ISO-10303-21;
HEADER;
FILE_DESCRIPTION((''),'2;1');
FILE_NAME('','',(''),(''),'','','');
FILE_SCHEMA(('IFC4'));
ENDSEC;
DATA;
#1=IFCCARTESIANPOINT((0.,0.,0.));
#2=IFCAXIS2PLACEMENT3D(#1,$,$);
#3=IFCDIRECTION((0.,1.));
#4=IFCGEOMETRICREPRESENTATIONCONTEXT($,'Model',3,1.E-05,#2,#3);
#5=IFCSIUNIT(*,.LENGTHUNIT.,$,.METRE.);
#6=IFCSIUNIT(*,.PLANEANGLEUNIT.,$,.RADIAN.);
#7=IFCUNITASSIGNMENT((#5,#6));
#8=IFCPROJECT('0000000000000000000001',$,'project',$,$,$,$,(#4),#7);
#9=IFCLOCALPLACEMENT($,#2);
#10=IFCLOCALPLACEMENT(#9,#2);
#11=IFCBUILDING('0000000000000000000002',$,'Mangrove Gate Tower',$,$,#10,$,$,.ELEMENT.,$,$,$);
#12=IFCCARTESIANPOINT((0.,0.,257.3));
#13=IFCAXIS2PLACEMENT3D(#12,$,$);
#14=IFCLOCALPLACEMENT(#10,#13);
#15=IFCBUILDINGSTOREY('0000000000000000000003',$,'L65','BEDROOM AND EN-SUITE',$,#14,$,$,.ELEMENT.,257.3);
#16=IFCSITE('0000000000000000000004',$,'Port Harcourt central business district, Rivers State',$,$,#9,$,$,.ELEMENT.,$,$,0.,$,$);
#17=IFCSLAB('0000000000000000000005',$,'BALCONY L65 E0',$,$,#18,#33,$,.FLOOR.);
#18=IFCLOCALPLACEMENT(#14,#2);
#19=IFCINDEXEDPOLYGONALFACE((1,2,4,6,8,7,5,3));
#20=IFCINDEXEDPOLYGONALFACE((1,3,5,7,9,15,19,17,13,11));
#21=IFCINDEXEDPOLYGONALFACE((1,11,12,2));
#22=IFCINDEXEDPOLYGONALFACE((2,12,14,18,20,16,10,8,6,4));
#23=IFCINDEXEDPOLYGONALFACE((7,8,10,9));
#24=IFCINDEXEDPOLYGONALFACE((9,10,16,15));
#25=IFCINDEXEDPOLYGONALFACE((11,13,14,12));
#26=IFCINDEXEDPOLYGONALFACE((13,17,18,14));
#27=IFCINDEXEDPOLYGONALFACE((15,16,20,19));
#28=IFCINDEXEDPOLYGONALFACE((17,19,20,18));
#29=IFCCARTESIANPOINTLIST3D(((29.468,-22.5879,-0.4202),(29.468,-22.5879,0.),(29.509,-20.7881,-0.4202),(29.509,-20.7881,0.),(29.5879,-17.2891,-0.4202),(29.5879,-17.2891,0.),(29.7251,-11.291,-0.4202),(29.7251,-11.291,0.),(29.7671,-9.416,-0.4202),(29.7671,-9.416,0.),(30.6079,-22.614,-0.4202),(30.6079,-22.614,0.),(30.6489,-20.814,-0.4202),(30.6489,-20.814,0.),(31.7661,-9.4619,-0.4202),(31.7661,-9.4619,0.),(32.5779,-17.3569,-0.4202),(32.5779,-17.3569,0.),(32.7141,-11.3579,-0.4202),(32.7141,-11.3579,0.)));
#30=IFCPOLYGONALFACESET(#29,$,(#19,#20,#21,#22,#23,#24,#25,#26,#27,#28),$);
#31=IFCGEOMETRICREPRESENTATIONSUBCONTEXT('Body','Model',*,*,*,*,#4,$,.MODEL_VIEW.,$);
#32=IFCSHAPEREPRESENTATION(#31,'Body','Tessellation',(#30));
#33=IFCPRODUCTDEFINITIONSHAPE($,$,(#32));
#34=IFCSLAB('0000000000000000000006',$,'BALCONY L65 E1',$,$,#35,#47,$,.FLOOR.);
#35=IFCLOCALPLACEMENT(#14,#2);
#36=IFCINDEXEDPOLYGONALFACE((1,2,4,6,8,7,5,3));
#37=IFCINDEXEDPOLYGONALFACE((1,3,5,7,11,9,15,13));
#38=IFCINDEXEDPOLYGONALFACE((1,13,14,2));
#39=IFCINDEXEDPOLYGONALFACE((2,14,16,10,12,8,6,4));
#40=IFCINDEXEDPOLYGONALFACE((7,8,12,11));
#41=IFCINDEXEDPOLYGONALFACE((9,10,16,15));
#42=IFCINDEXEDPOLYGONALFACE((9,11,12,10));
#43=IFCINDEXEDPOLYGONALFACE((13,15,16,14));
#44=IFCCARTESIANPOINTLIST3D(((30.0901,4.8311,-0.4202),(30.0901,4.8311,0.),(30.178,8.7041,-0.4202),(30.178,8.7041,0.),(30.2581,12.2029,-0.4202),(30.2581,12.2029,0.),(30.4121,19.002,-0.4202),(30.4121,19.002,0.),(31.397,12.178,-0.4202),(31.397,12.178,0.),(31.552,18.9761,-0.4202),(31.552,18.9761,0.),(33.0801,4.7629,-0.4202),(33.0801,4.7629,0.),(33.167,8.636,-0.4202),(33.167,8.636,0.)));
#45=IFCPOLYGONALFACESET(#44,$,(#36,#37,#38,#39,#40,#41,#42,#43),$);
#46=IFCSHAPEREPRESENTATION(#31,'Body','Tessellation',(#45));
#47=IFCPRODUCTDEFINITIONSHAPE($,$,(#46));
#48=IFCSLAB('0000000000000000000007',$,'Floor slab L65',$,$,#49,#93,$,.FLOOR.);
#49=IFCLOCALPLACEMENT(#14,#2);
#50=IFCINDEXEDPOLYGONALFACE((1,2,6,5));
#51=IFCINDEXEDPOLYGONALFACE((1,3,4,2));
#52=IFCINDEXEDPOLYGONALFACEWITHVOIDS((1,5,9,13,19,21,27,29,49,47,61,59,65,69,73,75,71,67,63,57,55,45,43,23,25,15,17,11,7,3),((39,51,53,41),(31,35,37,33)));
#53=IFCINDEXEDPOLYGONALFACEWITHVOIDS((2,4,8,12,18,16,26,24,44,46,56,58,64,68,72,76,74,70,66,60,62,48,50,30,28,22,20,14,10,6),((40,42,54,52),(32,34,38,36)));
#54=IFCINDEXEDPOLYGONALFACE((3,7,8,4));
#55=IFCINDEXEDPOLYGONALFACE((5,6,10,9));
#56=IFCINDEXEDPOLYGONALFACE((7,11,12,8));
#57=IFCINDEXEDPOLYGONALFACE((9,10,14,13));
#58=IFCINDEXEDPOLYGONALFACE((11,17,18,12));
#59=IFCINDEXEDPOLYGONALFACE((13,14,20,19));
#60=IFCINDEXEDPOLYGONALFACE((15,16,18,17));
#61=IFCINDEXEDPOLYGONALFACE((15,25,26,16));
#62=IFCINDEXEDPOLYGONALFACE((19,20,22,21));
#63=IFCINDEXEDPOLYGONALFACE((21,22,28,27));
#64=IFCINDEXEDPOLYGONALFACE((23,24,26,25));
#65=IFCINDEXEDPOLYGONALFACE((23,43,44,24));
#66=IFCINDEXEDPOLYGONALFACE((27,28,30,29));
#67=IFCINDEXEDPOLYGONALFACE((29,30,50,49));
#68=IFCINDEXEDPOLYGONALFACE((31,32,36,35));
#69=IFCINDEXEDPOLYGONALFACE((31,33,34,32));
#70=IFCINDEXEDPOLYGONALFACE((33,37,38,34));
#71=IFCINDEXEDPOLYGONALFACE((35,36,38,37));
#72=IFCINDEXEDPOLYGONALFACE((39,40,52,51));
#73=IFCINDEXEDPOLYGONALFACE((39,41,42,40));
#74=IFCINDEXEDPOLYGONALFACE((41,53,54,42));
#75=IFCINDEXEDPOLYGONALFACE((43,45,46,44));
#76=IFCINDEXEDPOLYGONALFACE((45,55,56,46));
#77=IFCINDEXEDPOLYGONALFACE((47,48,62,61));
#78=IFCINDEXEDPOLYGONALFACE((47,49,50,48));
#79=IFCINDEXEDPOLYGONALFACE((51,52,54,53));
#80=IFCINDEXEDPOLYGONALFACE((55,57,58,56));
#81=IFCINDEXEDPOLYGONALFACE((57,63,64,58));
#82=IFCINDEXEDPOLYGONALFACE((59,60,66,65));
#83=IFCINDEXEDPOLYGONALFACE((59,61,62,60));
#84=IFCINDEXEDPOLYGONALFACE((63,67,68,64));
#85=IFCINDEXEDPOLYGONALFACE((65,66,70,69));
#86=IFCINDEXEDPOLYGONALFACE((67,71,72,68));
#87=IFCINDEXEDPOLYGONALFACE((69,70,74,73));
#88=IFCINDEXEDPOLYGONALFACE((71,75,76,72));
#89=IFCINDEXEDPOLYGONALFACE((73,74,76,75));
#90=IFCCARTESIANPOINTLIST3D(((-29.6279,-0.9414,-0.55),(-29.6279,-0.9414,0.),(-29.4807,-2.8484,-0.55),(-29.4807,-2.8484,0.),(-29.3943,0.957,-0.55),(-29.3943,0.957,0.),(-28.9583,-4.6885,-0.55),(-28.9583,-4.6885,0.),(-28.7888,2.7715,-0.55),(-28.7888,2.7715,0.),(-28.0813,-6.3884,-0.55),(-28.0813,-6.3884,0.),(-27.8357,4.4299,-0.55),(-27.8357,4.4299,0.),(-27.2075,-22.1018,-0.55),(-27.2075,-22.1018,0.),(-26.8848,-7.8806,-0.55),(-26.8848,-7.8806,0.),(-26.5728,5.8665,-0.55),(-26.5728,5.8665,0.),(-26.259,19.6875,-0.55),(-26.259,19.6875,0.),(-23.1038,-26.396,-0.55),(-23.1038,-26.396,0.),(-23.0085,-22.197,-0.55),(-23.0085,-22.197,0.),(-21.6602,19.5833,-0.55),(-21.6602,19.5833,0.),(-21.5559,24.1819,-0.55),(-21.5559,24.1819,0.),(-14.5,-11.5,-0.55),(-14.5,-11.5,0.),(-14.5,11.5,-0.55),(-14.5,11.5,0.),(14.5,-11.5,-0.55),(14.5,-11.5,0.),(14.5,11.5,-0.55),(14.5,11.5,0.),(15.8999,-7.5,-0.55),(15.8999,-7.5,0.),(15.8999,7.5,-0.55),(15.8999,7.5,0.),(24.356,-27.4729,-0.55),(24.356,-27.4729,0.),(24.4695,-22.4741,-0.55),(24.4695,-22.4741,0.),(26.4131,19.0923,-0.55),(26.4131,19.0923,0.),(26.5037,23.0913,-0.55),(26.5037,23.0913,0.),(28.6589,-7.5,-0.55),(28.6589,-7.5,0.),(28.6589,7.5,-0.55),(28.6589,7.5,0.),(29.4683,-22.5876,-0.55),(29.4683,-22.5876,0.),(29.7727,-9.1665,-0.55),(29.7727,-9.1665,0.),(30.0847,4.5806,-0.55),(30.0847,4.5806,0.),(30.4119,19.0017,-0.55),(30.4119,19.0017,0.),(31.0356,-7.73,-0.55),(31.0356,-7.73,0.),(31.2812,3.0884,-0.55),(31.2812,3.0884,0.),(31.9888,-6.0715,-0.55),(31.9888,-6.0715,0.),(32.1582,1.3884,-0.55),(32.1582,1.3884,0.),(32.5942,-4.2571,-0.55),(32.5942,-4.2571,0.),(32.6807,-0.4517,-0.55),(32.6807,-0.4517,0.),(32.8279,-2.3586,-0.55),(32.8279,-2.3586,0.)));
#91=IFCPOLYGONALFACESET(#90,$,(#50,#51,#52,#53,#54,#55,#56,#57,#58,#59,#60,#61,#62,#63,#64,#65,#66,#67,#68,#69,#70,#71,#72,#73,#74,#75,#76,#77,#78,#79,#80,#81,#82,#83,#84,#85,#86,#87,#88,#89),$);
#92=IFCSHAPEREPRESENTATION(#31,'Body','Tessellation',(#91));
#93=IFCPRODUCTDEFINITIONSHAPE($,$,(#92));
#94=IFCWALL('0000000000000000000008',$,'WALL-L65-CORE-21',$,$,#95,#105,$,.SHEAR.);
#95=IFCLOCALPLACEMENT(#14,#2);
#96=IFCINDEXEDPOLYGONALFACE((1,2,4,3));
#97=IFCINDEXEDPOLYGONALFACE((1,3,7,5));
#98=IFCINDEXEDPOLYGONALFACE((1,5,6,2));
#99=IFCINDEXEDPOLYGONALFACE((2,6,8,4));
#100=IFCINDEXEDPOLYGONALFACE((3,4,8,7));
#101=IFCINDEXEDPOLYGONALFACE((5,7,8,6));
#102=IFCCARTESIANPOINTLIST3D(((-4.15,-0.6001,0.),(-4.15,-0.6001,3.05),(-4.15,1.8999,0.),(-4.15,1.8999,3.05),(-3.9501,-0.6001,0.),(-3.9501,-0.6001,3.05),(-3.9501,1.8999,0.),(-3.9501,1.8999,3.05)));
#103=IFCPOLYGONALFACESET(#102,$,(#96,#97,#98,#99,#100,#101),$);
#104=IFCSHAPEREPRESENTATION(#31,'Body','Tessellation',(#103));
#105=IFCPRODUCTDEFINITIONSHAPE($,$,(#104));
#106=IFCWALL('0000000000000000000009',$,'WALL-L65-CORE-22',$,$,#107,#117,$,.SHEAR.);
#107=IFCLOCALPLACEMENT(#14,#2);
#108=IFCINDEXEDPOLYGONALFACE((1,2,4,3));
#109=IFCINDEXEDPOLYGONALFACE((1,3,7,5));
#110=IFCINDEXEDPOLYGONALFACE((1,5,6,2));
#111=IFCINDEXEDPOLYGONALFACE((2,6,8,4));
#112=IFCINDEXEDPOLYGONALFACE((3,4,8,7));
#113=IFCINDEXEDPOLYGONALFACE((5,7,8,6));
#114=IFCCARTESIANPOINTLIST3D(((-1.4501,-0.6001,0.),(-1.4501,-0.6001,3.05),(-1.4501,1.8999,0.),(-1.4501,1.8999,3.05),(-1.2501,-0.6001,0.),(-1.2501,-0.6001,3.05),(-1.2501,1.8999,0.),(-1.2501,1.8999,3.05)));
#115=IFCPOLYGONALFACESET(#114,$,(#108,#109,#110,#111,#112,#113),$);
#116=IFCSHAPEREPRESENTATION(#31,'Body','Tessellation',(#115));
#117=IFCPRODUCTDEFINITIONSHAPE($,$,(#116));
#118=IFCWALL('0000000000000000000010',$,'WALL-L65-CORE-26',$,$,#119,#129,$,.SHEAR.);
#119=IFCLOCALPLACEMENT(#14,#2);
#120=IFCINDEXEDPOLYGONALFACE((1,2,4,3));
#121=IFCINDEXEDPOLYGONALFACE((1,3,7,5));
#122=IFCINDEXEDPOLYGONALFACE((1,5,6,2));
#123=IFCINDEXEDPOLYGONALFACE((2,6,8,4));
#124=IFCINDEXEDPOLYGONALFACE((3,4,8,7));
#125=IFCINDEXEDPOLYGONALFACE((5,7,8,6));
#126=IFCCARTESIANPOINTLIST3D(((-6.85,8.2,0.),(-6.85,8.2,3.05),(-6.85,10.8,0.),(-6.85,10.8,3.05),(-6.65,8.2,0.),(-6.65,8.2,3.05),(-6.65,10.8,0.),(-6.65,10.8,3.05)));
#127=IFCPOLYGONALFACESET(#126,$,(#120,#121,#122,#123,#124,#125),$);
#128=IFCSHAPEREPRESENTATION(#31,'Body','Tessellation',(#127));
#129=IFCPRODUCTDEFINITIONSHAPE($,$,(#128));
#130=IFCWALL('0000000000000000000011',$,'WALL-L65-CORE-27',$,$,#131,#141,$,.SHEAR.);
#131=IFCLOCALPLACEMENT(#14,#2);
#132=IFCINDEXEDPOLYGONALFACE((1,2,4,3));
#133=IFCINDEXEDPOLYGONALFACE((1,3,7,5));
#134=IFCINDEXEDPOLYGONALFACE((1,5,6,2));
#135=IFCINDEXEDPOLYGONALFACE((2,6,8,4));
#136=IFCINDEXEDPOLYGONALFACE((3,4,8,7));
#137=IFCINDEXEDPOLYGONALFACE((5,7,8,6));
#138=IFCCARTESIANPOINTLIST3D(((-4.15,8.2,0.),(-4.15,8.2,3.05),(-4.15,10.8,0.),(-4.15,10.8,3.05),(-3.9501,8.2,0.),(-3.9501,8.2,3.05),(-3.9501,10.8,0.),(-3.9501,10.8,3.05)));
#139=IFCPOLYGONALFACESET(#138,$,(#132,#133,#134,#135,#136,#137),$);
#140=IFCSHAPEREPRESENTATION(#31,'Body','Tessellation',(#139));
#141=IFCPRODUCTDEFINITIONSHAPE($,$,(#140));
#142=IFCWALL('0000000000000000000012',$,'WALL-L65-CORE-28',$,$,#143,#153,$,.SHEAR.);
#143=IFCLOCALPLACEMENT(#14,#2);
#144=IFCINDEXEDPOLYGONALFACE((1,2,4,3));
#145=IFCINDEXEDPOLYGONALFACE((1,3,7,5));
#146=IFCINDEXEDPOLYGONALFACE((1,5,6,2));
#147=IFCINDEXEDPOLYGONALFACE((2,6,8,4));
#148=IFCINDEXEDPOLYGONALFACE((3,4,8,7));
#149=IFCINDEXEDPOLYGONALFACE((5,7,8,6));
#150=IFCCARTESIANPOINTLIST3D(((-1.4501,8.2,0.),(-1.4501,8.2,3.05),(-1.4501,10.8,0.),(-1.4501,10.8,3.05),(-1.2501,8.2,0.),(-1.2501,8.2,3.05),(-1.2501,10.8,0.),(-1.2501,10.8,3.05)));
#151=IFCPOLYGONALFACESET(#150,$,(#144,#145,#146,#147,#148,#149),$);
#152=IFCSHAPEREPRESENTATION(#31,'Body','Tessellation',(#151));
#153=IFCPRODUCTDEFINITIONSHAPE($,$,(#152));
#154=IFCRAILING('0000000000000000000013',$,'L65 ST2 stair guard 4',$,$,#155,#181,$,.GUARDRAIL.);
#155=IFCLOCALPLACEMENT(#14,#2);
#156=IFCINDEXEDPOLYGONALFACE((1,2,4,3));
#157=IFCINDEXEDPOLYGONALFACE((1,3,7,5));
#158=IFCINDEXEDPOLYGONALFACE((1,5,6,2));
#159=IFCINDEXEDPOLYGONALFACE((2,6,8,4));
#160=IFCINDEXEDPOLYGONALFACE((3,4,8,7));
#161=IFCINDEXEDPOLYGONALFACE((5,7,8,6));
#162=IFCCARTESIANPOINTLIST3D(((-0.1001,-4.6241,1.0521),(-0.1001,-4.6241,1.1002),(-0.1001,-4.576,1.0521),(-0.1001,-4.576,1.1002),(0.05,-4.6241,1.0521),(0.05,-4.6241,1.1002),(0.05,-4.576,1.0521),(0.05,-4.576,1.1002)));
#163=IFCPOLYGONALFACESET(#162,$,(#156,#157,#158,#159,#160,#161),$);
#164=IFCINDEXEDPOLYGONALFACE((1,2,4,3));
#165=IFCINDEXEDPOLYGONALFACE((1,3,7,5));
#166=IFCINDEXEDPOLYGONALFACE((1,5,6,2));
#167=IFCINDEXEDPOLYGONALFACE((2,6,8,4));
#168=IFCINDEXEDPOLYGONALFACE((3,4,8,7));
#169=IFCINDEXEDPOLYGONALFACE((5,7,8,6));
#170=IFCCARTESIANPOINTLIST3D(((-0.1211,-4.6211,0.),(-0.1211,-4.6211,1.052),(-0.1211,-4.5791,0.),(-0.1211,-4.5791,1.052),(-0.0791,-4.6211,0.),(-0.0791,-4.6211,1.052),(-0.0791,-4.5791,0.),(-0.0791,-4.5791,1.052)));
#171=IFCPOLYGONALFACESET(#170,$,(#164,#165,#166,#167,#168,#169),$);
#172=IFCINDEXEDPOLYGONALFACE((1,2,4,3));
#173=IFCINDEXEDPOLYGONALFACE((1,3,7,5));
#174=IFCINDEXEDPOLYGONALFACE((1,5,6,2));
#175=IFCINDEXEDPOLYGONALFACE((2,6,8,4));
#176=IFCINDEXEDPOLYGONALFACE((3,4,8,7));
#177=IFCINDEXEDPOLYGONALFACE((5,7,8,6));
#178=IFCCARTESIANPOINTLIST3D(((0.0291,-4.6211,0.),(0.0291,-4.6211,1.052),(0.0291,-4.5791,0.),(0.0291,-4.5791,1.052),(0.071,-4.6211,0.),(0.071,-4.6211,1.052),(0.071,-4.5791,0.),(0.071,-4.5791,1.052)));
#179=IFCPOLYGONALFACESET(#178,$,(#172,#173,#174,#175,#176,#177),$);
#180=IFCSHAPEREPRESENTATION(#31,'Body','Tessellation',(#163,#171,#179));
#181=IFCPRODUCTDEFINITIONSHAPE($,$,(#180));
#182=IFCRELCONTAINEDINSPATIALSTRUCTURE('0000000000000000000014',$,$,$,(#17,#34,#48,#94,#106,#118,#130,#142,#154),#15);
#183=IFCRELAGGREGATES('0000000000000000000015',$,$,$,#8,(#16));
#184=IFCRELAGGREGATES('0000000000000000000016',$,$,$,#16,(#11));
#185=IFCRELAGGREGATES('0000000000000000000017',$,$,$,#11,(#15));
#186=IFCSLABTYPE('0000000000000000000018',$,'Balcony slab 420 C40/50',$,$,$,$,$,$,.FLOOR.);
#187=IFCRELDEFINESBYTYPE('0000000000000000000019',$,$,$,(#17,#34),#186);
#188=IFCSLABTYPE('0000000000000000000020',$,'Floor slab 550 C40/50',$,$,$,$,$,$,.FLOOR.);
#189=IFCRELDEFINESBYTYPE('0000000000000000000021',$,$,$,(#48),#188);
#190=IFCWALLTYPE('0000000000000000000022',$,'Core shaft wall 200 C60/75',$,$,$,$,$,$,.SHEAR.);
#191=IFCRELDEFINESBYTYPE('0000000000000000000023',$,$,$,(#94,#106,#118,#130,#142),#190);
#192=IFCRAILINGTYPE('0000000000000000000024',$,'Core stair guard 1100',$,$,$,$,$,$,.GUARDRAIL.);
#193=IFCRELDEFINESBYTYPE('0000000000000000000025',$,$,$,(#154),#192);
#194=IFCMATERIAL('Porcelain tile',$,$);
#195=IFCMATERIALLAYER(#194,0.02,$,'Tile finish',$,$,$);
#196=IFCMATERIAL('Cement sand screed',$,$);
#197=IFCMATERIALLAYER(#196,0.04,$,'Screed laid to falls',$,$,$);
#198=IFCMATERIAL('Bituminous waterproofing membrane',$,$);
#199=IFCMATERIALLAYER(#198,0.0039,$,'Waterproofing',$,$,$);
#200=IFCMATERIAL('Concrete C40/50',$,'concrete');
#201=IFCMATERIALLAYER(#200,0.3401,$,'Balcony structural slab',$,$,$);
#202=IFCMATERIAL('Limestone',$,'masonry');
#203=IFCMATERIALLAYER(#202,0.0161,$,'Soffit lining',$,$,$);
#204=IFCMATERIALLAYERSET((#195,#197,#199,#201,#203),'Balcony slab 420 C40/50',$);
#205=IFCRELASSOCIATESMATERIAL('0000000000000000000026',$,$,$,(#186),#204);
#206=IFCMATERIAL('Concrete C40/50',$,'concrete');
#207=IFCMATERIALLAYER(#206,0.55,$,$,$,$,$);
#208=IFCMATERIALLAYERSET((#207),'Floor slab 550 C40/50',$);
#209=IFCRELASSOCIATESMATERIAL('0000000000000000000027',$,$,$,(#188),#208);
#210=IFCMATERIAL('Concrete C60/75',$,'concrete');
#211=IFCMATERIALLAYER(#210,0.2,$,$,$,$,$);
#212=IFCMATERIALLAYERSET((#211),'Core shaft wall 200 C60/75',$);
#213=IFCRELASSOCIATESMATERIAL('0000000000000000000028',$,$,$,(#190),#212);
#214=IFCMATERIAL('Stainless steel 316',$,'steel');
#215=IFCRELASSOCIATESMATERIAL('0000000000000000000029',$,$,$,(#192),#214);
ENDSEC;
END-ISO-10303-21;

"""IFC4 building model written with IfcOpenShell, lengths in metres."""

from ifc_helpers import new_model, si_unit, direction, frame, frame_2d, origin, origin_2d, place, context, subcontext, project, spatial, polyline, rectangle, outline, extrude, material, layer, layer_set, type_object, element, save


model = new_model("IFC4")

# Units and contexts
model_context = context("Model", 3, precision=1e-05, world=origin(), true_north=direction((0.0, 1.0)))
body_context = subcontext(model_context, "Body", "Model", "MODEL_VIEW")
ifc_project = project(units=[si_unit("LENGTHUNIT", "METRE"), si_unit("PLANEANGLEUNIT", "RADIAN")], contexts=[model_context])

# Site, building, storey
site_placement = place(None, origin())
site = spatial("IfcSite", under=ifc_project, at=site_placement, Name="Port Harcourt central business district, Rivers State", CompositionType="ELEMENT", RefElevation=0.0)
building_placement = place(site_placement, origin())
building = spatial("IfcBuilding", under=site, at=building_placement, Name="Mangrove Gate Tower", CompositionType="ELEMENT")
storey_placement = place(building_placement, frame((0.0, 0.0, 257.3)))
storey = spatial("IfcBuildingStorey", under=building, at=storey_placement, Name="L65", Description="BEDROOM AND EN-SUITE", CompositionType="ELEMENT", Elevation=257.3)

# Slabs
ifc_material_1 = material(Name="Porcelain tile")
ifc_layer_1 = layer(ifc_material_1, 0.02, Name="Tile finish")
ifc_material_2 = material(Name="Cement sand screed")
ifc_layer_2 = layer(ifc_material_2, 0.04, Name="Screed laid to falls")
ifc_material_3 = material(Name="Bituminous waterproofing membrane")
ifc_layer_3 = layer(ifc_material_3, 0.0039, Name="Waterproofing")
ifc_material_4 = material(Name="Concrete C40/50", Category="concrete")
ifc_layer_4 = layer(ifc_material_4, 0.3401, Name="Balcony structural slab")
ifc_material_5 = material(Name="Limestone", Category="masonry")
ifc_layer_5 = layer(ifc_material_5, 0.0161, Name="Soffit lining")
ifc_layer_set_1 = layer_set([ifc_layer_1, ifc_layer_2, ifc_layer_3, ifc_layer_4, ifc_layer_5], Name="Balcony slab 420 C40/50")
slab_type_1 = type_object("IfcSlabType", Name="Balcony slab 420 C40/50", PredefinedType="FLOOR", material=ifc_layer_set_1)
slab_1_placement = place(storey_placement, frame((0.0, 0.0, -0.4202)))
element("IfcSlab", 1, at=slab_1_placement, inside=storey, type_object=slab_type_1, Name="BALCONY L65 E0", PredefinedType="FLOOR", context=body_context, shape_type="SweptSolid", body=[
    extrude(outline(polyline([(30.6079, -22.614), (30.6489, -20.814), (32.5779, -17.3569), (32.7141, -11.3579), (31.7661, -9.4619), (29.7671, -9.416), (29.7251, -11.291), (29.5879, -17.2891), (29.509, -20.7881), (29.468, -22.5879), (30.6079, -22.614)])), origin(), (0.0, 0.0, 1.0), 0.4202),
])
slab_2_placement = place(storey_placement, frame((0.0, 0.0, -0.4202)))
element("IfcSlab", 2, at=slab_2_placement, inside=storey, type_object=slab_type_1, Name="BALCONY L65 E1", PredefinedType="FLOOR", context=body_context, shape_type="SweptSolid", body=[
    extrude(outline(polyline([(33.0801, 4.7629), (33.167, 8.636), (31.397, 12.178), (31.552, 18.9761), (30.4121, 19.002), (30.2581, 12.2029), (30.178, 8.7041), (30.0901, 4.8311), (33.0801, 4.7629)])), origin(), (0.0, 0.0, 1.0), 0.4202),
])
ifc_material_6 = material(Name="Concrete C40/50", Category="concrete")
ifc_layer_6 = layer(ifc_material_6, 0.55)
ifc_layer_set_2 = layer_set([ifc_layer_6], Name="Floor slab 550 C40/50")
slab_type_2 = type_object("IfcSlabType", Name="Floor slab 550 C40/50", PredefinedType="FLOOR", material=ifc_layer_set_2)
slab_3_placement = place(storey_placement, frame((0.0, 0.0, -0.55)))
element("IfcSlab", 3, at=slab_3_placement, inside=storey, type_object=slab_type_2, Name="Floor slab L65", PredefinedType="FLOOR", context=body_context, shape_type="SweptSolid", body=[
    extrude(outline(polyline([(-23.1038, -26.396), (24.356, -27.4729), (24.4695, -22.4741), (29.4683, -22.5876), (29.7727, -9.1665), (31.0356, -7.73), (31.9888, -6.0715), (32.5942, -4.2571), (32.8279, -2.3586), (32.6807, -0.4517), (32.1582, 1.3884), (31.2812, 3.0884), (30.0847, 4.5806), (30.4119, 19.0017), (26.4131, 19.0923), (26.5037, 23.0913), (-21.5559, 24.1819), (-21.6602, 19.5833), (-26.259, 19.6875), (-26.5728, 5.8665), (-27.8357, 4.4299), (-28.7888, 2.7715), (-29.3943, 0.957), (-29.6279, -0.9414), (-29.4807, -2.8484), (-28.9583, -4.6885), (-28.0813, -6.3884), (-26.8848, -7.8806), (-27.2075, -22.1018), (-23.0085, -22.197), (-23.1038, -26.396)]), holes=[polyline([(15.8999, 7.5), (28.6589, 7.5), (28.6589, -7.5), (15.8999, -7.5), (15.8999, 7.5)]), polyline([(-14.5, -11.5), (-14.5, 11.5), (14.5, 11.5), (14.5, -11.5), (-14.5, -11.5)])]), origin(), (0.0, 0.0, 1.0), 0.55),
])

# Walls
ifc_material_7 = material(Name="Concrete C60/75", Category="concrete")
ifc_layer_7 = layer(ifc_material_7, 0.2)
ifc_layer_set_3 = layer_set([ifc_layer_7], Name="Core shaft wall 200 C60/75")
wall_type = type_object("IfcWallType", Name="Core shaft wall 200 C60/75", PredefinedType="SHEAR", material=ifc_layer_set_3)
for number, where, z_axis, x_axis, name in (
    (4, (-4.05, -0.6001, 0.0), (0.0, 0.0, 1.0), (0.0, 1.0, 0.0), "WALL-L65-CORE-21"),
    (5, (-1.3501, -0.6001, 0.0), (0.0, 0.0, 1.0), (0.0, 1.0, 0.0), "WALL-L65-CORE-22"),
):
    element("IfcWall", number, at=place(storey_placement, frame(where, z_axis=z_axis, x_axis=x_axis)), inside=storey, type_object=wall_type, Name=name, PredefinedType="SHEAR", context=body_context, shape_type="SweptSolid", body=[
        extrude(rectangle(XDim=2.5, YDim=0.2, at=frame_2d((1.25, 0.0))), origin(), (0.0, 0.0, 1.0), 3.05),
    ])
for number, where, z_axis, x_axis, name in (
    (6, (-6.75, 8.2, 0.0), (0.0, 0.0, 1.0), (0.0, 1.0, 0.0), "WALL-L65-CORE-26"),
    (7, (-4.05, 8.2, 0.0), (0.0, 0.0, 1.0), (0.0, 1.0, 0.0), "WALL-L65-CORE-27"),
    (8, (-1.3501, 8.2, 0.0), (0.0, 0.0, 1.0), (0.0, 1.0, 0.0), "WALL-L65-CORE-28"),
):
    element("IfcWall", number, at=place(storey_placement, frame(where, z_axis=z_axis, x_axis=x_axis)), inside=storey, type_object=wall_type, Name=name, PredefinedType="SHEAR", context=body_context, shape_type="SweptSolid", body=[
        extrude(rectangle(XDim=2.6001, YDim=0.2, at=frame_2d((1.3, 0.0))), origin(), (0.0, 0.0, 1.0), 3.05),
    ])

# Railing
ifc_material_8 = material(Name="Stainless steel 316", Category="steel")
railing_type = type_object("IfcRailingType", Name="Core stair guard 1100", PredefinedType="GUARDRAIL", material=ifc_material_8)
railing_placement = place(storey_placement, frame((-0.1001, -4.6001, 0.0)))
element("IfcRailing", 9, at=railing_placement, inside=storey, type_object=railing_type, Name="L65 ST2 stair guard 4", PredefinedType="GUARDRAIL", context=body_context, shape_type="SweptSolid", body=[
    extrude(rectangle(XDim=0.0481, YDim=0.0481, at=origin_2d()), frame((0.0, 0.0, 1.0762), z_axis=(1.0, 0.0, 0.0), x_axis=(0.0, 1.0, 0.0)), (0.0, 0.0, 1.0), 0.1501),
    extrude(rectangle(XDim=0.042, YDim=0.042, at=origin_2d()), origin(), (0.0, 0.0, 1.0), 1.052),
    extrude(rectangle(XDim=0.042, YDim=0.042, at=origin_2d()), frame((0.1501, 0.0, 0.0)), (0.0, 0.0, 1.0), 1.052),
])

save(model, "model.ifc")
